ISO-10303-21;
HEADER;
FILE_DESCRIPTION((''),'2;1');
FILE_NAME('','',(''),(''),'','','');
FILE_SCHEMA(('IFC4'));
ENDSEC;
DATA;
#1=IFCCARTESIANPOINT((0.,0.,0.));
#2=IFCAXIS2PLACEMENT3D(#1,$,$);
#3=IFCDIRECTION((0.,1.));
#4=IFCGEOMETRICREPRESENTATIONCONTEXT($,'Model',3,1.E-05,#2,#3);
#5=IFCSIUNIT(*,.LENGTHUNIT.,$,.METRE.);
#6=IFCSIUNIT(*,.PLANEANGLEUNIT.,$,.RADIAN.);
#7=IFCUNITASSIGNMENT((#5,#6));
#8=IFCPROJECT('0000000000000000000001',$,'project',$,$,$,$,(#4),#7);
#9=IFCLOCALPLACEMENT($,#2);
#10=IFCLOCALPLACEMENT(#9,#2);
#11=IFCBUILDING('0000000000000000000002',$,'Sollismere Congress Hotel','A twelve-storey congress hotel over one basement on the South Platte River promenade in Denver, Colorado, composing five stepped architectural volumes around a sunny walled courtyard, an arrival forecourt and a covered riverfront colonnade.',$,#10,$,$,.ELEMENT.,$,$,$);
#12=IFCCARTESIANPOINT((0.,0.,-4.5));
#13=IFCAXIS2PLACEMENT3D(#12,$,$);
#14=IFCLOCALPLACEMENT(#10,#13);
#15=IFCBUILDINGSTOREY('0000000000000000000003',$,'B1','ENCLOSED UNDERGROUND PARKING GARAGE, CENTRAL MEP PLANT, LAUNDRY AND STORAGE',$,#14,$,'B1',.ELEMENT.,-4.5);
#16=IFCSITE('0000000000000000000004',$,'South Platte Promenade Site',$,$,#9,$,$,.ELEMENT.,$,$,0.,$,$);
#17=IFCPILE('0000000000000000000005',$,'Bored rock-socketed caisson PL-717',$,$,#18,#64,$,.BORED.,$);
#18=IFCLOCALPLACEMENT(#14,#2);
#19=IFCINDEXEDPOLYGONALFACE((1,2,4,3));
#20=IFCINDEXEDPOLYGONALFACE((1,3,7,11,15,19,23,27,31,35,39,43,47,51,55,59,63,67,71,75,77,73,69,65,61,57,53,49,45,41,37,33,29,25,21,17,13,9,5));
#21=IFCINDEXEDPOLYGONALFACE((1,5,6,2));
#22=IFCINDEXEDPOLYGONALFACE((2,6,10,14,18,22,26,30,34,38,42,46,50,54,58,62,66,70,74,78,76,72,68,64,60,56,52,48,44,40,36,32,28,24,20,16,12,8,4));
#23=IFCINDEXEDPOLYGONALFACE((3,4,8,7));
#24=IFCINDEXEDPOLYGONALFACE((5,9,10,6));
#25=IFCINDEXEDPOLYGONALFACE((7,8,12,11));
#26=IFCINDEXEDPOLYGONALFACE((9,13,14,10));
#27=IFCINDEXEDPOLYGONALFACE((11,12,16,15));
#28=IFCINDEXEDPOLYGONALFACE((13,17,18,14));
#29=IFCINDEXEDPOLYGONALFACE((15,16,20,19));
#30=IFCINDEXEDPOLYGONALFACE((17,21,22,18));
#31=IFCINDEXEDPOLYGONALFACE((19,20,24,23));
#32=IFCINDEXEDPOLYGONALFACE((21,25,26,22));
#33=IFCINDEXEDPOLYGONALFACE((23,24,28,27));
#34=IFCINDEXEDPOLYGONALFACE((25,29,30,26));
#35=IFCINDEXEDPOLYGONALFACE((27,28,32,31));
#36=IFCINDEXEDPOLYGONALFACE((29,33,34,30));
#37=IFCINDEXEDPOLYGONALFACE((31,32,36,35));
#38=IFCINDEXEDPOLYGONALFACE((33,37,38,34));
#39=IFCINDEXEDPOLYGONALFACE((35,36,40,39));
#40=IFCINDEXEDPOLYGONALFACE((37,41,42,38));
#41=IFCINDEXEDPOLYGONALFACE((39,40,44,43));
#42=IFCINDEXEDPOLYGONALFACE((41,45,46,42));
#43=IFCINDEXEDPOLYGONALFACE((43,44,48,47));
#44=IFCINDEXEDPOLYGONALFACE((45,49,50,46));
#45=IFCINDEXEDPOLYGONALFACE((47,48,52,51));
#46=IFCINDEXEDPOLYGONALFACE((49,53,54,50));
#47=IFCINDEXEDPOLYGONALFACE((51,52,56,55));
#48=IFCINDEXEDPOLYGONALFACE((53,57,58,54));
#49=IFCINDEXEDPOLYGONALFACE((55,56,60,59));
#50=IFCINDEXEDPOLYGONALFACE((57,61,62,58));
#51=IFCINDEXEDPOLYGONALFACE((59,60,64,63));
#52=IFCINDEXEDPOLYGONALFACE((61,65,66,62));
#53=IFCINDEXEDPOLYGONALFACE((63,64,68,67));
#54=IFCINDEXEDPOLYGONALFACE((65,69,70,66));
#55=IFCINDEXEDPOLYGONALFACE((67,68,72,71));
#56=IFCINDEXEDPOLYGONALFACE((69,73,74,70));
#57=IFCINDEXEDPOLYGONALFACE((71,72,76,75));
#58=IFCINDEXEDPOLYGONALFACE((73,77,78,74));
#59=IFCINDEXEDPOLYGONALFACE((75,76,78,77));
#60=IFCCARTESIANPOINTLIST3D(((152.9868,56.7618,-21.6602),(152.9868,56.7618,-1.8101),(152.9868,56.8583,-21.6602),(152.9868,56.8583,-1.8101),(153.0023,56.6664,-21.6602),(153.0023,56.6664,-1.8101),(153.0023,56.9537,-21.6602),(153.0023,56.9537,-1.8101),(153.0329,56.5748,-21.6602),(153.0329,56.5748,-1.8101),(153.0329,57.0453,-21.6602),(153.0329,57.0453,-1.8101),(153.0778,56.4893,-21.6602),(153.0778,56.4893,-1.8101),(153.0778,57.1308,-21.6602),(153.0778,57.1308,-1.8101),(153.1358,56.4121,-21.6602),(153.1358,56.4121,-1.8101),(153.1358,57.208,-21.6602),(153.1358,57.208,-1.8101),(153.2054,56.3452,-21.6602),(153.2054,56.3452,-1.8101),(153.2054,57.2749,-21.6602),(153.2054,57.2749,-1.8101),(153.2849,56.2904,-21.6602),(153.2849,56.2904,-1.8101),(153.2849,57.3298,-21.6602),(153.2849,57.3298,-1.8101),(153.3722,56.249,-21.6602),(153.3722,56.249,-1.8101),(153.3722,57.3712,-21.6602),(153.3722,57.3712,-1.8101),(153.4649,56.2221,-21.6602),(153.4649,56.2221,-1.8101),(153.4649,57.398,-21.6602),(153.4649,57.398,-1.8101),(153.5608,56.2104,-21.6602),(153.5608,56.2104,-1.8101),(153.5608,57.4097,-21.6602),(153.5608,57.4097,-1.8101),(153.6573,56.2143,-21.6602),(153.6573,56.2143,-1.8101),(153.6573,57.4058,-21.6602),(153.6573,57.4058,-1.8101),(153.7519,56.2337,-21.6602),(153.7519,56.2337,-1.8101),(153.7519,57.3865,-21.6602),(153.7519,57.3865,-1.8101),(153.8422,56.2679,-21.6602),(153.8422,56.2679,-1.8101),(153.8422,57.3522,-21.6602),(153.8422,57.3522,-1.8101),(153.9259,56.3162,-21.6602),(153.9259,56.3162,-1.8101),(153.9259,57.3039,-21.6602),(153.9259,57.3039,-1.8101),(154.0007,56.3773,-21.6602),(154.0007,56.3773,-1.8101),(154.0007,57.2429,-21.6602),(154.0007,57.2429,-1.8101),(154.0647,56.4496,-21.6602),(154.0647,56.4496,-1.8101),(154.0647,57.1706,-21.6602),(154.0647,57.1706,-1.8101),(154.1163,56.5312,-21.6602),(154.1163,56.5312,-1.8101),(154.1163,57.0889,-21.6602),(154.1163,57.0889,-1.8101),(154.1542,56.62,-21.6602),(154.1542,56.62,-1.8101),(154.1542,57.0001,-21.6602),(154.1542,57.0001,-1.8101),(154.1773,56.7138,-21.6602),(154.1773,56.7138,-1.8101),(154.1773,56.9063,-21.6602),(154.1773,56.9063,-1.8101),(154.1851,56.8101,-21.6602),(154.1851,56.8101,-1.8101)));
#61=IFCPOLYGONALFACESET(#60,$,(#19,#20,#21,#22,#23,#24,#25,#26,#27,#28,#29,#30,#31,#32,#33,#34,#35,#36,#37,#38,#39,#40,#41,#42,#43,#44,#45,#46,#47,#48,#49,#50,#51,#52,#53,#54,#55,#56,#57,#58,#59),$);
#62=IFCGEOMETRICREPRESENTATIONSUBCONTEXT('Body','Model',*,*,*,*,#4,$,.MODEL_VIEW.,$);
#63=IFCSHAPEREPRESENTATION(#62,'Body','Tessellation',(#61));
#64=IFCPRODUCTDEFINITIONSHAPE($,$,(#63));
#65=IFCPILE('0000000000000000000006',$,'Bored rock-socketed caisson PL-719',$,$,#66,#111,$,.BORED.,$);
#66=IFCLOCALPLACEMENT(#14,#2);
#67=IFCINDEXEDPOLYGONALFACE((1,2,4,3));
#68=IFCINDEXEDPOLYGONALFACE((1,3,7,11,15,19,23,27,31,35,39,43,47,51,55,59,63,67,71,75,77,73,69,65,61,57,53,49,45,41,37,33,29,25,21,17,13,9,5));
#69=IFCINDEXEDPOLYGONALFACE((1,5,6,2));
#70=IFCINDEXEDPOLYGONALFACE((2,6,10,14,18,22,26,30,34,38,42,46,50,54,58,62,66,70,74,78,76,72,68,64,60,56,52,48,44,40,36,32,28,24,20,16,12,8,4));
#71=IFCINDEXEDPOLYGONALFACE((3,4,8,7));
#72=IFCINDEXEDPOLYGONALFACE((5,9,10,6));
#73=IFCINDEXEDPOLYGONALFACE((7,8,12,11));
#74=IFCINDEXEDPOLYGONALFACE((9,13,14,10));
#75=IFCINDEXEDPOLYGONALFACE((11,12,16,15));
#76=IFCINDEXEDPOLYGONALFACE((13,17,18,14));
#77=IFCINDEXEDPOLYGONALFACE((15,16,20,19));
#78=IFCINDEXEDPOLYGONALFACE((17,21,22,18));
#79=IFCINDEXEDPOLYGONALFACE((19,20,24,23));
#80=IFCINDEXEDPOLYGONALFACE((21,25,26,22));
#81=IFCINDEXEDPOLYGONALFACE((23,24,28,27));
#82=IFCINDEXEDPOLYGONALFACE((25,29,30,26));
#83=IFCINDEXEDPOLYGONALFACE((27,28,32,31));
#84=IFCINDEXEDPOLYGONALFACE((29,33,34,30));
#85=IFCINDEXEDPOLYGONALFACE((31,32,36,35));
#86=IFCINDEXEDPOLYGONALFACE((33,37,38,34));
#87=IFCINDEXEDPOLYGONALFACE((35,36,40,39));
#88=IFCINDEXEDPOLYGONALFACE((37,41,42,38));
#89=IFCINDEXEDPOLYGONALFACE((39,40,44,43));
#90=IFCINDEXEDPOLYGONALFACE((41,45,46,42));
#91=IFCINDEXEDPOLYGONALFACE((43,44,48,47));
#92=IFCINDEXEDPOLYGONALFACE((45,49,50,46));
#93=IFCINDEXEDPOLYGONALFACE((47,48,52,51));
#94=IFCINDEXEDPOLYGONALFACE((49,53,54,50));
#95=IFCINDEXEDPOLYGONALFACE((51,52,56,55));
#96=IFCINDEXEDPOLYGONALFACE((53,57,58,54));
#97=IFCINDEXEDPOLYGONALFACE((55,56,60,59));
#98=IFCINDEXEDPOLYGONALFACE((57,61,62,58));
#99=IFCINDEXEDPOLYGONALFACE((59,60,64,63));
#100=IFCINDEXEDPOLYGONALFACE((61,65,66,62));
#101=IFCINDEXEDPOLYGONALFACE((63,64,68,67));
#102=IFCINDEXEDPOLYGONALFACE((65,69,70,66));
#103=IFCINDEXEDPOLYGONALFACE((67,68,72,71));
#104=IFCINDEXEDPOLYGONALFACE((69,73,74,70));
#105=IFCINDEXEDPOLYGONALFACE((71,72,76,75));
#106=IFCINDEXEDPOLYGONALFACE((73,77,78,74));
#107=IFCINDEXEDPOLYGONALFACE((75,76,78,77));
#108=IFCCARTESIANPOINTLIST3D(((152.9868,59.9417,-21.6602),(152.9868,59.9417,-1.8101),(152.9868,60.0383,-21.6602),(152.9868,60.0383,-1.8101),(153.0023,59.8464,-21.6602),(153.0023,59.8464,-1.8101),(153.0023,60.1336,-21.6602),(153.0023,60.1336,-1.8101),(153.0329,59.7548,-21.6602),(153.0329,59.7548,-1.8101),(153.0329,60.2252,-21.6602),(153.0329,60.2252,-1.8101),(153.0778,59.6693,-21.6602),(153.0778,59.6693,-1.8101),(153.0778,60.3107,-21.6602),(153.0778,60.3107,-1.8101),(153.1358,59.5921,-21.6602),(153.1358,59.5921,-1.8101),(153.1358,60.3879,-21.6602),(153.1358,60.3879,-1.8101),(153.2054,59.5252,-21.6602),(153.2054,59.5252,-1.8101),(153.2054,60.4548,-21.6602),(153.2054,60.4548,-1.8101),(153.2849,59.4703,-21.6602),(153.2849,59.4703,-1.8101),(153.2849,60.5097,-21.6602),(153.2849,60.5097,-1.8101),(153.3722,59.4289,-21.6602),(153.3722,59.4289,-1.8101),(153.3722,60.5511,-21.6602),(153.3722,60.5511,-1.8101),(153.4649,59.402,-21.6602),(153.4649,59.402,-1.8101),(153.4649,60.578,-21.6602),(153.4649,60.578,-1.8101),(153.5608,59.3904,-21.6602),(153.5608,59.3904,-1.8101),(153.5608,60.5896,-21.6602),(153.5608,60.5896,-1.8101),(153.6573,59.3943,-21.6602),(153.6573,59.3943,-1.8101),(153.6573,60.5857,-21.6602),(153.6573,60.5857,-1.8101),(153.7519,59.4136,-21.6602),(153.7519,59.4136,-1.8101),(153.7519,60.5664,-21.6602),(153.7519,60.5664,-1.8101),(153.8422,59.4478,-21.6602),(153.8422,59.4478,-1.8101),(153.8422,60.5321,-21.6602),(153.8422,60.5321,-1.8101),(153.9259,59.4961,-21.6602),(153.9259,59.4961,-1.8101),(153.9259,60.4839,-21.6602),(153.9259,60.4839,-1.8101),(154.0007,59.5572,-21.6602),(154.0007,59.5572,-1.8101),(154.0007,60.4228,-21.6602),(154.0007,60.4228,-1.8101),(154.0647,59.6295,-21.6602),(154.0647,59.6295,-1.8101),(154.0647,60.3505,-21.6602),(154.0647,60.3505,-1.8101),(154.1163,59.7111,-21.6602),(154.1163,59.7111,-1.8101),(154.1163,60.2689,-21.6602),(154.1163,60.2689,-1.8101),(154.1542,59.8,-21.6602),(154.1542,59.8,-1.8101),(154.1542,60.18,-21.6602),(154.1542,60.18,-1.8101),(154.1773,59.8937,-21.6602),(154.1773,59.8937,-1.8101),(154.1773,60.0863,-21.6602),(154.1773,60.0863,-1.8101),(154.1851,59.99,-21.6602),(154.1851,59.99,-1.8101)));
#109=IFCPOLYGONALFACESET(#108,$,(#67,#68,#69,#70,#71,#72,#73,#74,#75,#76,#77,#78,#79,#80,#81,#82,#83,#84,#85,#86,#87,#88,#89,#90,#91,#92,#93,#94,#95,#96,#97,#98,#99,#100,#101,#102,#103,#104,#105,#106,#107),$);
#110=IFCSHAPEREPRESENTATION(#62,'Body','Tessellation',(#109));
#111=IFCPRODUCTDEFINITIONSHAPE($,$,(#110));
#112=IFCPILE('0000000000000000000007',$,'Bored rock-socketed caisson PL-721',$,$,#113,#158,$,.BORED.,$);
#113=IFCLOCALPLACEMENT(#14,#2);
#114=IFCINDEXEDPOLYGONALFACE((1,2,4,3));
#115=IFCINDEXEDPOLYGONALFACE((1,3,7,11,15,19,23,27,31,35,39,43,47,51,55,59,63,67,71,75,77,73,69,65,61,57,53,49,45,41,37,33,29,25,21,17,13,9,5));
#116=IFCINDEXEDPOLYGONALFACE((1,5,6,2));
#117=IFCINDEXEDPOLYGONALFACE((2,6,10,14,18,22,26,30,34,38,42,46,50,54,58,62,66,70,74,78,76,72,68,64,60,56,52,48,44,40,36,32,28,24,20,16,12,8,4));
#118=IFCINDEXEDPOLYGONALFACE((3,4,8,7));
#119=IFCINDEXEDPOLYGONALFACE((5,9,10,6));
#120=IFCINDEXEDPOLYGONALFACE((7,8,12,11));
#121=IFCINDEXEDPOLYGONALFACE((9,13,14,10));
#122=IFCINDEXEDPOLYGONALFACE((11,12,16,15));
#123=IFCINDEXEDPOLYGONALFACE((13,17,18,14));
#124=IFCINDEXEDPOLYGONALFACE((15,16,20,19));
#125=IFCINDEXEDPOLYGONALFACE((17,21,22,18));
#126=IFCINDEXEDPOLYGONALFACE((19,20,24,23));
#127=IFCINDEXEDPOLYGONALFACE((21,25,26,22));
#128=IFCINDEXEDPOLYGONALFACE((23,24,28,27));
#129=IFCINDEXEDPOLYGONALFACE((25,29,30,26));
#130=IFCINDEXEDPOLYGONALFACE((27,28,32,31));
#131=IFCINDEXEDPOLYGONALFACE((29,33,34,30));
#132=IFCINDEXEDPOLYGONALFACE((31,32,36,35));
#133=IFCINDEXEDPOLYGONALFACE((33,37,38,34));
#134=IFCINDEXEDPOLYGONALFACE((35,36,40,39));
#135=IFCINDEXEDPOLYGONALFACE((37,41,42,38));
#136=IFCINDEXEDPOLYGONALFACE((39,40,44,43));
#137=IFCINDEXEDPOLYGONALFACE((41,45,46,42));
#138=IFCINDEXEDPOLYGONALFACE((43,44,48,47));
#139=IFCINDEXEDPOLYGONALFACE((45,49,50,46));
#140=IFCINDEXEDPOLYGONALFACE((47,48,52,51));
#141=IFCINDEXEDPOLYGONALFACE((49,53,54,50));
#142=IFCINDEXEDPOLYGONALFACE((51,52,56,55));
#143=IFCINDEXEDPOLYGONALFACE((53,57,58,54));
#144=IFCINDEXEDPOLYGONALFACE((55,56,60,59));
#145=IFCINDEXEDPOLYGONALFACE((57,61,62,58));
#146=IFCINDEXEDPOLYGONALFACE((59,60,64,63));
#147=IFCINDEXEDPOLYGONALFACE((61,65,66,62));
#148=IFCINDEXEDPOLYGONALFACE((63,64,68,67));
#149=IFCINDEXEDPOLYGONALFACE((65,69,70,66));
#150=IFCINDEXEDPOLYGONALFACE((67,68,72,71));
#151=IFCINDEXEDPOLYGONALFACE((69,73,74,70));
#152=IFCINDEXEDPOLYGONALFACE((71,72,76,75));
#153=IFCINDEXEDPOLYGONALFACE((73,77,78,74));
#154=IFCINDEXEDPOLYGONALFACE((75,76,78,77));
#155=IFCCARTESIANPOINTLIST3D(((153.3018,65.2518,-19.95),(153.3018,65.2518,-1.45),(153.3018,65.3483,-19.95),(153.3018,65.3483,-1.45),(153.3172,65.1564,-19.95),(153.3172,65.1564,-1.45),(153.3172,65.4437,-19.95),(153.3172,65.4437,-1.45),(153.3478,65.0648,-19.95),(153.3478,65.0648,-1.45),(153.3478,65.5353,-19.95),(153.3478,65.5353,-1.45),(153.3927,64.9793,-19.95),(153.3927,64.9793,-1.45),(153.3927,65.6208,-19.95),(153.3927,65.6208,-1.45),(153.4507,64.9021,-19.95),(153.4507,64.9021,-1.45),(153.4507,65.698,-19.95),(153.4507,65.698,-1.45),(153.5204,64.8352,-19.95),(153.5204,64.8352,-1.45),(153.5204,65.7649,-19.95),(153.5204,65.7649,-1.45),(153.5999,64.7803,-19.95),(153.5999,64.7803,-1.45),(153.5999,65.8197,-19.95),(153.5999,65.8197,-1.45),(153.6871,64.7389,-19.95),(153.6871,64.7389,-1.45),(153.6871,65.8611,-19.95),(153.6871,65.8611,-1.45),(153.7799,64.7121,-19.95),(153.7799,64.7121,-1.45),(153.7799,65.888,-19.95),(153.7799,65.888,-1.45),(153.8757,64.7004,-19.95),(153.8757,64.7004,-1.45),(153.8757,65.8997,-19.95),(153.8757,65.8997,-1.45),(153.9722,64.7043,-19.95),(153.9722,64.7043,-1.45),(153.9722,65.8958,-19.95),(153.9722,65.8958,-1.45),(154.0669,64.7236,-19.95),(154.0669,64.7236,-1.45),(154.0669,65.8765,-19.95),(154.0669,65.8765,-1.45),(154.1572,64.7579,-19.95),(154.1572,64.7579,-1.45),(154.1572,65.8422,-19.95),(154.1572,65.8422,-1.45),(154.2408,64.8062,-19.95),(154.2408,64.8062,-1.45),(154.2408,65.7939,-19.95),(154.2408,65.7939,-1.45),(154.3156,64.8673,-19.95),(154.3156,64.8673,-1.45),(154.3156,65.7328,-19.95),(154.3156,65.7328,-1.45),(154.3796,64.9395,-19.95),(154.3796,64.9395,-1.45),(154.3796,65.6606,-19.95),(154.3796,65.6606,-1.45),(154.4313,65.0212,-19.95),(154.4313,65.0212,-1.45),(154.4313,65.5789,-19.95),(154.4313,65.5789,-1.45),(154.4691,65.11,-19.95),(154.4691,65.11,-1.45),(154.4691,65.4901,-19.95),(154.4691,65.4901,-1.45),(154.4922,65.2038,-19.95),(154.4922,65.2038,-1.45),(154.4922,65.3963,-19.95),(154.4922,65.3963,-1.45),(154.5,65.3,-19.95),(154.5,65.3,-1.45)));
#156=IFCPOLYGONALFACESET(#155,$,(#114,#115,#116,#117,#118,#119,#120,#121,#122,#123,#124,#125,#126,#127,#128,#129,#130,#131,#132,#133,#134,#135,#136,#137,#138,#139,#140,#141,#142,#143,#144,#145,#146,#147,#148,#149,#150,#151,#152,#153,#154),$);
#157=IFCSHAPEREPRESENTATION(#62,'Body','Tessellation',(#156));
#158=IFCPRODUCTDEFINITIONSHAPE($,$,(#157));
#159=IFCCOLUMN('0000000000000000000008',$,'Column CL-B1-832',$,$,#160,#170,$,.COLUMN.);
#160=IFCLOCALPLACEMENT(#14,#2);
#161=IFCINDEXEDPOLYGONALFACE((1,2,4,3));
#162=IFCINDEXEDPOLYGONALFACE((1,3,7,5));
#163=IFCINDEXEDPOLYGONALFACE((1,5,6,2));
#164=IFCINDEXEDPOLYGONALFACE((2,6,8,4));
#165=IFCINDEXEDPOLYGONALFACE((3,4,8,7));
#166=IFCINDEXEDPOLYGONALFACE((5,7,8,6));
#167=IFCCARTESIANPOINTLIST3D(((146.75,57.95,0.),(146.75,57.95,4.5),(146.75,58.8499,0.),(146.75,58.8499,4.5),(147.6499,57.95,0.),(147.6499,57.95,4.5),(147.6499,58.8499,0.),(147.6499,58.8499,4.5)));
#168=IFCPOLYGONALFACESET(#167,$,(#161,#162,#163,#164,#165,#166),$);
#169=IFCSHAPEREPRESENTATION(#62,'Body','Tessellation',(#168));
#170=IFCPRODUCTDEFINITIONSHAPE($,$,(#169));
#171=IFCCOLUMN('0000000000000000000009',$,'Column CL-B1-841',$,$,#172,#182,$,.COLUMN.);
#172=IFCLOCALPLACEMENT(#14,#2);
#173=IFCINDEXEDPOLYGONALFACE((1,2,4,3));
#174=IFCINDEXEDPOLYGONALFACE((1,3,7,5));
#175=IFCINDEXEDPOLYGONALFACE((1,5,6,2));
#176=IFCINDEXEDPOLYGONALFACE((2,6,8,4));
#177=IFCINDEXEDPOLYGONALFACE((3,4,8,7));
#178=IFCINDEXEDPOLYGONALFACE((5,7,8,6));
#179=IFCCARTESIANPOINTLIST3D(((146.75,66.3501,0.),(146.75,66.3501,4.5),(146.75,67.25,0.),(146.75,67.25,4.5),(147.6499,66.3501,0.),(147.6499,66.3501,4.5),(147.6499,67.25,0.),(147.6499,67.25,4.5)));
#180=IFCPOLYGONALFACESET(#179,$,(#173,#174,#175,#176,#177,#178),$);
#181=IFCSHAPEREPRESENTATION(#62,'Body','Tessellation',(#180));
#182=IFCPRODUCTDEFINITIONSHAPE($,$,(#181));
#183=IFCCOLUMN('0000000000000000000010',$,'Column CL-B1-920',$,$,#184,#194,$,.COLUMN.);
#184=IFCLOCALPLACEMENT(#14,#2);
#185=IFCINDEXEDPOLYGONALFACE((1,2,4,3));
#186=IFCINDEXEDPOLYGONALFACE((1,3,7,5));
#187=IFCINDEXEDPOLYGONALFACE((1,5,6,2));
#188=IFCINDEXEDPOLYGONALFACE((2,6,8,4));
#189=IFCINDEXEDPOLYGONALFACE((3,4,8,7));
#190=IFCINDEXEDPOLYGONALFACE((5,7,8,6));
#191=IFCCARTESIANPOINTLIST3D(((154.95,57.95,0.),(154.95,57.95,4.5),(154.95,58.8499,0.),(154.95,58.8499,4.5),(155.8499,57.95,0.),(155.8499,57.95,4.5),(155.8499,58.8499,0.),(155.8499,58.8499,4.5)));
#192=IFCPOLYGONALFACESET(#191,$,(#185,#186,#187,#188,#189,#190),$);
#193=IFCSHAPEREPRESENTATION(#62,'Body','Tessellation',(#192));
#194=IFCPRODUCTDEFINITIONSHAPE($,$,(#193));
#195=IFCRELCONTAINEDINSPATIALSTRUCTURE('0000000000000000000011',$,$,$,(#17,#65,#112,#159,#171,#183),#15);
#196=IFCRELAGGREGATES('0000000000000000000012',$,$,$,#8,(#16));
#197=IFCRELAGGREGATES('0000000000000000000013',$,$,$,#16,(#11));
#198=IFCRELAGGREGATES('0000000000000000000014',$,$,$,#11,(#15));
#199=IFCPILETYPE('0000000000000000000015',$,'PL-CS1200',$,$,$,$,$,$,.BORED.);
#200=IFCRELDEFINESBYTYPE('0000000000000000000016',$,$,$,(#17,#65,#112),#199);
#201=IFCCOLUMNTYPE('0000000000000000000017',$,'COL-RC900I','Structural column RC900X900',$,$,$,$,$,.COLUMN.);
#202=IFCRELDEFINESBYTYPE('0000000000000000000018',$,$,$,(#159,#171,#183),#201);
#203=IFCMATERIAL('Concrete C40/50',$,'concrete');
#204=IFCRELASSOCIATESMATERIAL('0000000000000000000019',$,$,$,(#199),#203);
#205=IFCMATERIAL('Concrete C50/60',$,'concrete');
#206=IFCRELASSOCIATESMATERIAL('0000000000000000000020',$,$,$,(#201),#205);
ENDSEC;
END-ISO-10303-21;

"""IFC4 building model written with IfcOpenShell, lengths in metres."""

from ifc_helpers import new_model, si_unit, direction, frame, origin, origin_2d, place, context, subcontext, project, spatial, rectangle, circle, extrude, material, material_profile, profile_set, type_object, element, save


model = new_model("IFC4")

# Units and contexts
model_context = context("Model", 3, precision=1e-05, world=origin(), true_north=direction((0.0, 1.0)))
body_context = subcontext(model_context, "Body", "Model", "MODEL_VIEW")
ifc_project = project(units=[si_unit("LENGTHUNIT", "METRE"), si_unit("PLANEANGLEUNIT", "RADIAN")], contexts=[model_context])

# Site, building, storey
site_placement = place(None, origin())
site = spatial("IfcSite", under=ifc_project, at=site_placement, Name="South Platte Promenade Site", CompositionType="ELEMENT", RefElevation=0.0)
building_placement = place(site_placement, origin())
building = spatial("IfcBuilding", under=site, at=building_placement, Name="Sollismere Congress Hotel", Description="A twelve-storey congress hotel over one basement on the South Platte River promenade in Denver, Colorado, composing five stepped architectural volumes around a sunny walled courtyard, an arrival forecourt and a covered riverfront colonnade.", CompositionType="ELEMENT")
storey_placement = place(building_placement, frame((0.0, 0.0, -4.5)))
storey = spatial("IfcBuildingStorey", under=building, at=storey_placement, Name="B1", Description="ENCLOSED UNDERGROUND PARKING GARAGE, CENTRAL MEP PLANT, LAUNDRY AND STORAGE", LongName="B1", CompositionType="ELEMENT", Elevation=-4.5)

# Shared definitions
ifc_material_1 = material(Name="Concrete C40/50", Category="concrete")

# Piles
ifc_material_profile_1 = material_profile(ifc_material_1, circle(Radius=0.6001, at=origin_2d()), Name="CAISSON1200")
ifc_profile_set_1 = profile_set([ifc_material_profile_1], Name="Concrete C40/50")
pile_type = type_object("IfcPileType", Name="PL-CS1200", PredefinedType="BORED", material=ifc_profile_set_1)
for number, where, z_axis, x_axis, name in (
    (1, (153.585, 56.8101, -1.8101), (0.0, 0.0, -1.0), (1.0, 0.0, 0.0), "Bored rock-socketed caisson PL-717"),
    (2, (153.585, 59.99, -1.8101), (0.0, 0.0, -1.0), (1.0, 0.0, 0.0), "Bored rock-socketed caisson PL-719"),
):
    element("IfcPile", number, at=place(storey_placement, frame(where, z_axis=z_axis, x_axis=x_axis)), inside=storey, type_object=pile_type, Name=name, PredefinedType="BORED", context=body_context, shape_type="SweptSolid", body=[
        extrude(circle(Radius=0.6001, at=origin_2d()), origin(), (0.0, 0.0, 1.0), 19.8501),
    ])
pile_placement = place(storey_placement, frame((153.8999, 65.3, -1.45), z_axis=(0.0, 0.0, -1.0), x_axis=(1.0, 0.0, 0.0)))
element("IfcPile", 3, at=pile_placement, inside=storey, type_object=pile_type, Name="Bored rock-socketed caisson PL-721", PredefinedType="BORED", context=body_context, shape_type="SweptSolid", body=[
    extrude(circle(Radius=0.6001, at=origin_2d()), origin(), (0.0, 0.0, 1.0), 18.5),
])

# Columns
ifc_material_2 = material(Name="Concrete C50/60", Category="concrete")
ifc_material_profile_2 = material_profile(ifc_material_2, rectangle(XDim=0.8999, YDim=0.8999, at=origin_2d()), Name="RC900X900")
ifc_profile_set_2 = profile_set([ifc_material_profile_2], Name="Concrete C50/60")
column_type = type_object("IfcColumnType", Name="COL-RC900I", Description="Structural column RC900X900", PredefinedType="COLUMN", material=ifc_profile_set_2)
for number, where, z_axis, x_axis, name in (
    (4, (147.2, 58.3999, 0.0), (0.0, 0.0, 1.0), (1.0, 0.0, 0.0), "Column CL-B1-832"),
    (5, (147.2, 66.8, 0.0), (0.0, 0.0, 1.0), (0.0, 1.0, 0.0), "Column CL-B1-841"),
    (6, (155.3999, 58.3999, 0.0), (0.0, 0.0, 1.0), (1.0, 0.0, 0.0), "Column CL-B1-920"),
):
    element("IfcColumn", number, at=place(storey_placement, frame(where, z_axis=z_axis, x_axis=x_axis)), inside=storey, type_object=column_type, Name=name, PredefinedType="COLUMN", context=body_context, shape_type="SweptSolid", body=[
        extrude(rectangle(XDim=0.8999, YDim=0.8999, at=origin_2d()), origin(), (0.0, 0.0, 1.0), 4.5),
    ])

save(model, "model.ifc")
